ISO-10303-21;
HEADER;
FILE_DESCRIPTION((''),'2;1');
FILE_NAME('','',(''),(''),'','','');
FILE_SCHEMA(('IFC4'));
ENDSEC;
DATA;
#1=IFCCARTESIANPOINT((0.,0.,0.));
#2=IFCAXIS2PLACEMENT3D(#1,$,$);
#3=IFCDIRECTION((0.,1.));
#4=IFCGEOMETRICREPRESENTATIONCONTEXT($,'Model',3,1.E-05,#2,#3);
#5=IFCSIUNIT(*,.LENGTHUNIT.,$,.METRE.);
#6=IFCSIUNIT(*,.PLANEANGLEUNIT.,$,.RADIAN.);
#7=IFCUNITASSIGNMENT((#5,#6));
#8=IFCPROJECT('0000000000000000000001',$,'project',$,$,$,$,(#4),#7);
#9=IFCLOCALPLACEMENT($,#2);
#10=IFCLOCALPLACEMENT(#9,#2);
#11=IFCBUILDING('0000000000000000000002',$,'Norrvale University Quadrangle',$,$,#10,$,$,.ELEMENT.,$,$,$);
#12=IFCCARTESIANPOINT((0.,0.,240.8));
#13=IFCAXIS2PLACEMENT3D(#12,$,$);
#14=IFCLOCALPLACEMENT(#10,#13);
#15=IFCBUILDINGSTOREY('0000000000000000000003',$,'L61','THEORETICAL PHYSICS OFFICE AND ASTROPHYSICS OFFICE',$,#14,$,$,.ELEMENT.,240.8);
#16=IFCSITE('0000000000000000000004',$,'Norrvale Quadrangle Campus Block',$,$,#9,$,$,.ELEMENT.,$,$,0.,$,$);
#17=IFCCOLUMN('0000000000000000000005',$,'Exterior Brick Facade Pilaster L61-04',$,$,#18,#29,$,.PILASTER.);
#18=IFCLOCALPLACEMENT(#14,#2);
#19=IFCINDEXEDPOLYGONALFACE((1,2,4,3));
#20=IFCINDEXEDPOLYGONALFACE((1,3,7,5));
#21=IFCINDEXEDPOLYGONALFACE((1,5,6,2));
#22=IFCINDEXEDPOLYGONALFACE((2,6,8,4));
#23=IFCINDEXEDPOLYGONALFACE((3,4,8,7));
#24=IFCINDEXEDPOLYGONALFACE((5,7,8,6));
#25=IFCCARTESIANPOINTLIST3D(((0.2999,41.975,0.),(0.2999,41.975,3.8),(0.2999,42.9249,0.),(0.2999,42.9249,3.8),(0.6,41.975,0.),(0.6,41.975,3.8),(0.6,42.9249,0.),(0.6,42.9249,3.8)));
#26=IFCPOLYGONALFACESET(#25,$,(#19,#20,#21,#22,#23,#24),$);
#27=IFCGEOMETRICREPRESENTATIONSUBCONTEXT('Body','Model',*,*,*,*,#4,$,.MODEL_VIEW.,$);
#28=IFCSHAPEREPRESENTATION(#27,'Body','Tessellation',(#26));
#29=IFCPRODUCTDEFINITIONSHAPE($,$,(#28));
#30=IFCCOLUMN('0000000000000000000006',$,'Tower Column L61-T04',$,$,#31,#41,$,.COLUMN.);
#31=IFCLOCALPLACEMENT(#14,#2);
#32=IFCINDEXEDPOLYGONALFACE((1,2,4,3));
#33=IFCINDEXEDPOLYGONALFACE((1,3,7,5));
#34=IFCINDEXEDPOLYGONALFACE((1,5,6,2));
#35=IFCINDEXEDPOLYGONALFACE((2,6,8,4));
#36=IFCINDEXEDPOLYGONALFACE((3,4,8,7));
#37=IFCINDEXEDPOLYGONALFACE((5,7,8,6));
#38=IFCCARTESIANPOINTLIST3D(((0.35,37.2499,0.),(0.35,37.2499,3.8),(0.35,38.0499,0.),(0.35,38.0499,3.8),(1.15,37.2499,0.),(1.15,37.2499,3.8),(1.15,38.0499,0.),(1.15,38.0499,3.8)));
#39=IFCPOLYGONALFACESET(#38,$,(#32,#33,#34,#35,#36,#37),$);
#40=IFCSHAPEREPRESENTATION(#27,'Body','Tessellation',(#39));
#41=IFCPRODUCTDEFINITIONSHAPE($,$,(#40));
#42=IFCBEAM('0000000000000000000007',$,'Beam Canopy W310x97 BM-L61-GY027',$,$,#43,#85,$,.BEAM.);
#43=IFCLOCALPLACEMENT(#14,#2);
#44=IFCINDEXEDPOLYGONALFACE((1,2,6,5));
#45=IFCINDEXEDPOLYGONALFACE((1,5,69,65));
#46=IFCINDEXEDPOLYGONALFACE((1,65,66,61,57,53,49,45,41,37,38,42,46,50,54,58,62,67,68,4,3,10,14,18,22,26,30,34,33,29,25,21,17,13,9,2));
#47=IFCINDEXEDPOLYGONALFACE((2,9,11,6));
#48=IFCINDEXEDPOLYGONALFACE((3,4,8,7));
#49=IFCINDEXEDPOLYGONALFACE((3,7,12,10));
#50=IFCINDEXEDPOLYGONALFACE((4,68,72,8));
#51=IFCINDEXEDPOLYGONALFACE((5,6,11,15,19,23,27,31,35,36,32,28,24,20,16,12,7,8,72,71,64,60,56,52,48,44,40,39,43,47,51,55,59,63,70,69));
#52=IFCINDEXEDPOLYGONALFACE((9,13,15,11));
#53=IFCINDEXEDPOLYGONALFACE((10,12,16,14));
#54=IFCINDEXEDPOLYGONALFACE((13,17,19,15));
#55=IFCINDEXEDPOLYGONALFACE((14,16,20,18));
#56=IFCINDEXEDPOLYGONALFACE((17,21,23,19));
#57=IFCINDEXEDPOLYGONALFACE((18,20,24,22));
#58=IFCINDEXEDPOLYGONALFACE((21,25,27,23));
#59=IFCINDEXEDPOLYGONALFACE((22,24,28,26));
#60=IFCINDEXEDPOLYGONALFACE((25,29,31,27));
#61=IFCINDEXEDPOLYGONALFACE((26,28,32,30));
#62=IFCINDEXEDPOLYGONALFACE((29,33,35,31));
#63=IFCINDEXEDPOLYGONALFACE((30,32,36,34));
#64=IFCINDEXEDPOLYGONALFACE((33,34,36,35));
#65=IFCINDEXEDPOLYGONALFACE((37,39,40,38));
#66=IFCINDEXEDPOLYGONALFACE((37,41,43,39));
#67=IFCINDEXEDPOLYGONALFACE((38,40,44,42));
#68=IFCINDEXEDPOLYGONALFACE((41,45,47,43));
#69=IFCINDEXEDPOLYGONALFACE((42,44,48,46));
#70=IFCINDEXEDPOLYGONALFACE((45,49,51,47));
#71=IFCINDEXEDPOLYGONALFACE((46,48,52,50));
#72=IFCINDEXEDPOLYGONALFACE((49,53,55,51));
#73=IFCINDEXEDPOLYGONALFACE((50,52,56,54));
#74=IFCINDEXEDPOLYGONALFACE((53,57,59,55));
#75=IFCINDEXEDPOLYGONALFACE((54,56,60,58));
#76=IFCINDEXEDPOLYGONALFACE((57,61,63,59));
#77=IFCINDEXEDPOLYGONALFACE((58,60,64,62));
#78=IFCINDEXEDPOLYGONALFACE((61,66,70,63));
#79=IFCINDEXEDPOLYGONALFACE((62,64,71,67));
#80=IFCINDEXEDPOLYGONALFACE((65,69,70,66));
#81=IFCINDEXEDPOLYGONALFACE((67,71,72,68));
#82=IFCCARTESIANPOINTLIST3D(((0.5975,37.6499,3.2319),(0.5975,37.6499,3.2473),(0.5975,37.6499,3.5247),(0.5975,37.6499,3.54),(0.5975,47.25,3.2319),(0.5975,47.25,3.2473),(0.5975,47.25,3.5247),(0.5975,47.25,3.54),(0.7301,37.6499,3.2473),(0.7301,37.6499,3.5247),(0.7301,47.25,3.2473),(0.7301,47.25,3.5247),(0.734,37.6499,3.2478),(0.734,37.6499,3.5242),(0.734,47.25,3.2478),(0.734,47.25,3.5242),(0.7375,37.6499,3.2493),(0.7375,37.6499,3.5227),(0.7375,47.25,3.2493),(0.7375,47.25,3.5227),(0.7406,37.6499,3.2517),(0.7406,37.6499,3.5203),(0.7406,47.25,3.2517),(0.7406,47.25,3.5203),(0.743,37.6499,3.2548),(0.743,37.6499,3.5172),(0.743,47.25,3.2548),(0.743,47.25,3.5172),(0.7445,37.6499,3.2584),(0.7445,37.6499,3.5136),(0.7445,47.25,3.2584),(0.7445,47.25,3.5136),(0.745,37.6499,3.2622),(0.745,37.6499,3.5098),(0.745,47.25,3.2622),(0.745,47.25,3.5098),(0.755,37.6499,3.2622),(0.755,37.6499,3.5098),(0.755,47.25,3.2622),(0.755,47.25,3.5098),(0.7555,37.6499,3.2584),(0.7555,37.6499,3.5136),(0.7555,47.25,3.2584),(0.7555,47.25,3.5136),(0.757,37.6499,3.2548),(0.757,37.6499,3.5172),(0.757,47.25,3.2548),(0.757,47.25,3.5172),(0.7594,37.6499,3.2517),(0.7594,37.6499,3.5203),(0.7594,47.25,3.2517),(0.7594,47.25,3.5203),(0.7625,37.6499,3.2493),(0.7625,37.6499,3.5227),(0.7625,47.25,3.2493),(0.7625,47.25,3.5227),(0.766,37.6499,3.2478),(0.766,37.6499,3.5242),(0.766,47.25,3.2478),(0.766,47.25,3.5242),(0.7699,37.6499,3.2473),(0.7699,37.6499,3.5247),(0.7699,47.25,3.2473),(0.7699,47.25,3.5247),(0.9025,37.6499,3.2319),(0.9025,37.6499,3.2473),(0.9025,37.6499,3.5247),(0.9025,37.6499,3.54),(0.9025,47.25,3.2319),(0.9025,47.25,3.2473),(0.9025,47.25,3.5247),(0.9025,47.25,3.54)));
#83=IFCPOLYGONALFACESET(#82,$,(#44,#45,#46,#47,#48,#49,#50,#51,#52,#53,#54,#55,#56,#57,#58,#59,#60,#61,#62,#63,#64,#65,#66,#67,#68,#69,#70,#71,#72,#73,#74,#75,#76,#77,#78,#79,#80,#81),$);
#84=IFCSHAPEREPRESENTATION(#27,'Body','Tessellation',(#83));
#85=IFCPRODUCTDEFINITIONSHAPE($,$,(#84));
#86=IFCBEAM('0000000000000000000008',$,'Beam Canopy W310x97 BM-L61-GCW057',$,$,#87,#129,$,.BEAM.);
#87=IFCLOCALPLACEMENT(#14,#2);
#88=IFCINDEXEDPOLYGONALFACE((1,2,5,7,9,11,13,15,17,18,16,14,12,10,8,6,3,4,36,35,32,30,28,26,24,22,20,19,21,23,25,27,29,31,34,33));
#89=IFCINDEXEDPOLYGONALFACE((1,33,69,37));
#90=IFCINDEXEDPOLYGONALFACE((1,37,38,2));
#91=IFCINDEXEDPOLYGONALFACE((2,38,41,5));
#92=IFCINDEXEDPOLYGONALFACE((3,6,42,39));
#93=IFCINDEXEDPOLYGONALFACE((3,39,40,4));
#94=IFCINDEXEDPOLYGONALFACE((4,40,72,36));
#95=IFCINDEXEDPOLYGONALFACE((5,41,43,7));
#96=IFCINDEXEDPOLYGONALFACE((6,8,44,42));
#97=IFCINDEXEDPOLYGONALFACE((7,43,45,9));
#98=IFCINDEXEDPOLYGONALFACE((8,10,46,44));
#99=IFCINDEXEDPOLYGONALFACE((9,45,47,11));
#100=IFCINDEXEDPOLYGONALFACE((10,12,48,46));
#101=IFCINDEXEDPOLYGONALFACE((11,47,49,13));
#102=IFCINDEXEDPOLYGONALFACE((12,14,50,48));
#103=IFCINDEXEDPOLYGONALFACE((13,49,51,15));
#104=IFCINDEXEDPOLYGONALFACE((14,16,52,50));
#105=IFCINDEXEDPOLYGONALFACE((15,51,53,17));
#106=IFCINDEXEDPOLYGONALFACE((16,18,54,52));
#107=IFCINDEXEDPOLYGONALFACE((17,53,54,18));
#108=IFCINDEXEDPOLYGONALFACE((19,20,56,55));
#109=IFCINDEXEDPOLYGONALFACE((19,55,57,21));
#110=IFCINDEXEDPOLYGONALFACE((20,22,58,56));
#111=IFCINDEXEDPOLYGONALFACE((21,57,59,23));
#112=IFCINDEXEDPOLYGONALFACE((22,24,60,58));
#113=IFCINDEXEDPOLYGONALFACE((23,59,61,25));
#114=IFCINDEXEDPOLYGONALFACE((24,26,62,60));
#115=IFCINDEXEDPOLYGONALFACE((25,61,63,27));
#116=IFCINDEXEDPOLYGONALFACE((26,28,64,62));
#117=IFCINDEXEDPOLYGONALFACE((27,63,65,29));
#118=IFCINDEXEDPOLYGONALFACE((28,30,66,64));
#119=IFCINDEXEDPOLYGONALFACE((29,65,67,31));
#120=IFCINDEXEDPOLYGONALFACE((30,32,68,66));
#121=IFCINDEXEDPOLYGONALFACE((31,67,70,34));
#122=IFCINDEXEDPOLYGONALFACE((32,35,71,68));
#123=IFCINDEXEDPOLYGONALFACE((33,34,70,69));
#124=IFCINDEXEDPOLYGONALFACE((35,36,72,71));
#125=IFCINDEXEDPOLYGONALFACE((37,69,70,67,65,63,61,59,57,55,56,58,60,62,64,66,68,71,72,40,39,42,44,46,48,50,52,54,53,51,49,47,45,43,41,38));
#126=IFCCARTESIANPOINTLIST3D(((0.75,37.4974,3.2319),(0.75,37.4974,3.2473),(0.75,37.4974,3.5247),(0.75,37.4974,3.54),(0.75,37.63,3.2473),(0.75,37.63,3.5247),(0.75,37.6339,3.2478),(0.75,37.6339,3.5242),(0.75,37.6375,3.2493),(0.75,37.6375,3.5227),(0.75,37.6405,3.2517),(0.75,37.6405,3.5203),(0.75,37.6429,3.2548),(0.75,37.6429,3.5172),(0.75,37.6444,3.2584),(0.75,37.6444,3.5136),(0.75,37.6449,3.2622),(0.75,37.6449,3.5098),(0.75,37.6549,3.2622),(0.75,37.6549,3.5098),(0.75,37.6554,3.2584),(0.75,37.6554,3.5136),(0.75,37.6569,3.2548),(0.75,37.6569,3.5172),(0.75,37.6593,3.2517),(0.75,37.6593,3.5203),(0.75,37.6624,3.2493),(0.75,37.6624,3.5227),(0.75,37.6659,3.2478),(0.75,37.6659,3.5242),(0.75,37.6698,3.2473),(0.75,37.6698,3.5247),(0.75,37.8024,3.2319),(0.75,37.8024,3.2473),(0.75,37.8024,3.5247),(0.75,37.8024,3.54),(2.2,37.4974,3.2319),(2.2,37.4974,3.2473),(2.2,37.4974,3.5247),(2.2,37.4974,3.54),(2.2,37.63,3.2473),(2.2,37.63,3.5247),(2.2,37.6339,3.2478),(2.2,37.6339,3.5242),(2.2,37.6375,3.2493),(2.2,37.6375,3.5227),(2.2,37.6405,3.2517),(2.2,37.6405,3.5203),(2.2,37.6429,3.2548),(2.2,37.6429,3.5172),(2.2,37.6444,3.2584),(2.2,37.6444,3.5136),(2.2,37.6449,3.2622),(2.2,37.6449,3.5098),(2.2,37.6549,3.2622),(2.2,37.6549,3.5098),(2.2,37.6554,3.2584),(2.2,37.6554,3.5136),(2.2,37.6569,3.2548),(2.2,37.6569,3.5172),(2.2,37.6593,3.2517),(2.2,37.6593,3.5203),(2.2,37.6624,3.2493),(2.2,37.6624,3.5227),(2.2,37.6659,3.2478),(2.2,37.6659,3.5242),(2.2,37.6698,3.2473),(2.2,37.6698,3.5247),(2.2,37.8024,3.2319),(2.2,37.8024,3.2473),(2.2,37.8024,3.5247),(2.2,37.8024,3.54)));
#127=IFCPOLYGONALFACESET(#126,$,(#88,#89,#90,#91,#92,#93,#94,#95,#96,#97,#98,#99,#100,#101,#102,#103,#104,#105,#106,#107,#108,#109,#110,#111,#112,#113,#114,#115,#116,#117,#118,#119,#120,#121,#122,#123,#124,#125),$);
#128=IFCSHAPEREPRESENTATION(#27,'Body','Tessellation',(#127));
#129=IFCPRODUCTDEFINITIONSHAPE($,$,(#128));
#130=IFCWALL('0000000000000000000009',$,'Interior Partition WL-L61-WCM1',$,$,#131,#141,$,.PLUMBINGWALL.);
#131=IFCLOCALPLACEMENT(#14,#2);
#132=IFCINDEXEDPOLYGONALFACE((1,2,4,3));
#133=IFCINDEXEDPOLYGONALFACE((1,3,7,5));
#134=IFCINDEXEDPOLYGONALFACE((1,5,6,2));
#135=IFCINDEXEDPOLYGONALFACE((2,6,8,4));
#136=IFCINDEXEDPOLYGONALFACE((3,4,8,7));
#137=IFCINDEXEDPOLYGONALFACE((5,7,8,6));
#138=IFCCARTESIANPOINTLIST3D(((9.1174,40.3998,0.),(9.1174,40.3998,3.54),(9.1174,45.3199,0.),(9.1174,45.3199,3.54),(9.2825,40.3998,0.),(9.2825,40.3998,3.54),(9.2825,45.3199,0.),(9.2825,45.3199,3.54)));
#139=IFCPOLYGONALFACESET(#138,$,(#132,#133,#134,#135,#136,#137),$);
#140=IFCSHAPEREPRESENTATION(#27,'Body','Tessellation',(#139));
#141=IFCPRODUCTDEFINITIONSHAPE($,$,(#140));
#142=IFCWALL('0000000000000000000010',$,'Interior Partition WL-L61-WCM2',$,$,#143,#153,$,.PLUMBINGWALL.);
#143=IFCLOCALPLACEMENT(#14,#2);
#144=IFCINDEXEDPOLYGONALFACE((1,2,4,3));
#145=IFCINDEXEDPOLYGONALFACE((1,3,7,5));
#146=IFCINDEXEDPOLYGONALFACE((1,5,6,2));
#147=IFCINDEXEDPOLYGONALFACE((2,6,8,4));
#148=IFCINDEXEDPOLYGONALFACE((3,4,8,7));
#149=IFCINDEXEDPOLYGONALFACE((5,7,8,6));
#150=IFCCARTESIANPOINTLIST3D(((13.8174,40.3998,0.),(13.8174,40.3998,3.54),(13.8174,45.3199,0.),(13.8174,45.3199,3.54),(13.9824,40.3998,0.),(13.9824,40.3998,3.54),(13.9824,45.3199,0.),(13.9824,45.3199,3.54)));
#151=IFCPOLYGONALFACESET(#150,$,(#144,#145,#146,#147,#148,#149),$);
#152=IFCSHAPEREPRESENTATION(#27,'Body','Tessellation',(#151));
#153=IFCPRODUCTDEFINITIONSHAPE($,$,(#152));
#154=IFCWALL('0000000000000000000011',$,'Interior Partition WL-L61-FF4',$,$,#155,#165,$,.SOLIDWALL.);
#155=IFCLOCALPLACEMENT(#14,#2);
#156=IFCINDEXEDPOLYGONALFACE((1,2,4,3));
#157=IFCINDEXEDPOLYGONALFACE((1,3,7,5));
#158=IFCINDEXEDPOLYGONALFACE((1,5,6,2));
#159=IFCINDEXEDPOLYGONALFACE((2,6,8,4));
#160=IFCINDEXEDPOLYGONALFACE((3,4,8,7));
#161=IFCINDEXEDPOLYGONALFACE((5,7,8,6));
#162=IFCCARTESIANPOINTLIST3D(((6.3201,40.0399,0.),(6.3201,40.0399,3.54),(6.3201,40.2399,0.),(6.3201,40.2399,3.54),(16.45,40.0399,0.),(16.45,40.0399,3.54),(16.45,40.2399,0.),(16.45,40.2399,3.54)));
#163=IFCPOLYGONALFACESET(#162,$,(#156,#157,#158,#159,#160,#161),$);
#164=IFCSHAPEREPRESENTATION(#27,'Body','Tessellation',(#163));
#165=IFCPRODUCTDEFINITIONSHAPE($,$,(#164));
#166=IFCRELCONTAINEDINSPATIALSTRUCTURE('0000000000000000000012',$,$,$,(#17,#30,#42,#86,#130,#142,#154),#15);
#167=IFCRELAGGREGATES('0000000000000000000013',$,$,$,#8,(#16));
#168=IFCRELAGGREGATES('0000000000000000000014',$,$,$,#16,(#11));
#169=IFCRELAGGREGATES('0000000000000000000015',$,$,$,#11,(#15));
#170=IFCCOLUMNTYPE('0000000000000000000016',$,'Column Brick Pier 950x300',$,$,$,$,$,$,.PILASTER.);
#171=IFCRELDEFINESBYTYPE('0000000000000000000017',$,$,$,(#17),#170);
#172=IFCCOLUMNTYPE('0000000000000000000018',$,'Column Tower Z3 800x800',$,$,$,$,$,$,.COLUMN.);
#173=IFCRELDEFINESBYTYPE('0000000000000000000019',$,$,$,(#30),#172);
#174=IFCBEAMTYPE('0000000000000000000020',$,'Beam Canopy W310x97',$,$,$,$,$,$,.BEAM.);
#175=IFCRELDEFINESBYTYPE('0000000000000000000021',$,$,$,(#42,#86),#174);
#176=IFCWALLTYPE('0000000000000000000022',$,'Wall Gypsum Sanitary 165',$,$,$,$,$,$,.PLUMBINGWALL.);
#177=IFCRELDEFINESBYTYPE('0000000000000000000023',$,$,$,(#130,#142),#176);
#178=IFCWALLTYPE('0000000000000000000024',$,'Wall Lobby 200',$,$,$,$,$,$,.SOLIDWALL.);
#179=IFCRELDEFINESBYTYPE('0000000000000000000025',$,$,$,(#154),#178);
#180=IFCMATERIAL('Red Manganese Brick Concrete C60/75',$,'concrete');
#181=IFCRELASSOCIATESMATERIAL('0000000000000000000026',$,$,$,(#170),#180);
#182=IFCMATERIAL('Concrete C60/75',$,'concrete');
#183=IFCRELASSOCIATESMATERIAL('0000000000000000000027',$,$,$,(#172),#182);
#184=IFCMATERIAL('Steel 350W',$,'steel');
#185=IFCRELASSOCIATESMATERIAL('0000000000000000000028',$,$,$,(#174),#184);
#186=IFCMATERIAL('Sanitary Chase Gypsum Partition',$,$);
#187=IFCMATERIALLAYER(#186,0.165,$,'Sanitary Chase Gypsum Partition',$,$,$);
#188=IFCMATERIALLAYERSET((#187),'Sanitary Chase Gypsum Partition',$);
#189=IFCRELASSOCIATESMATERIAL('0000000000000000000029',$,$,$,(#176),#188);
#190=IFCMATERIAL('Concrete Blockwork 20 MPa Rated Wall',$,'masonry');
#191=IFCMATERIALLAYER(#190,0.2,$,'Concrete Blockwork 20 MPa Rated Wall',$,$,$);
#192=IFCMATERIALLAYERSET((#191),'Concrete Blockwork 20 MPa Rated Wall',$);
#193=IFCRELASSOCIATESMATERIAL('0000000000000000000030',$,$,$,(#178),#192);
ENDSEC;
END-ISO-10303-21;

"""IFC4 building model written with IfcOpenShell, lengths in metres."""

from ifc_helpers import new_model, si_unit, direction, frame, frame_2d, origin, origin_2d, place, context, subcontext, project, spatial, rectangle, i_section, extrude, material, layer, layer_set, material_profile, profile_set, type_object, element, save


model = new_model("IFC4")

# Units and contexts
model_context = context("Model", 3, precision=1e-05, world=origin(), true_north=direction((0.0, 1.0)))
body_context = subcontext(model_context, "Body", "Model", "MODEL_VIEW")
ifc_project = project(units=[si_unit("LENGTHUNIT", "METRE"), si_unit("PLANEANGLEUNIT", "RADIAN")], contexts=[model_context])

# Site, building, storey
site_placement = place(None, origin())
site = spatial("IfcSite", under=ifc_project, at=site_placement, Name="Norrvale Quadrangle Campus Block", CompositionType="ELEMENT", RefElevation=0.0)
building_placement = place(site_placement, origin())
building = spatial("IfcBuilding", under=site, at=building_placement, Name="Norrvale University Quadrangle", CompositionType="ELEMENT")
storey_placement = place(building_placement, frame((0.0, 0.0, 240.8)))
storey = spatial("IfcBuildingStorey", under=building, at=storey_placement, Name="L61", Description="THEORETICAL PHYSICS OFFICE AND ASTROPHYSICS OFFICE", CompositionType="ELEMENT", Elevation=240.8)

# Columns
ifc_material_1 = material(Name="Red Manganese Brick Concrete C60/75", Category="concrete")
ifc_material_profile_1 = material_profile(ifc_material_1, rectangle(XDim=0.95, YDim=0.3, at=origin_2d()), Name="Red Manganese Brick Concrete C60/75")
ifc_profile_set_1 = profile_set([ifc_material_profile_1], Name="Red Manganese Brick Concrete C60/75")
column_type_1 = type_object("IfcColumnType", Name="Column Brick Pier 950x300", PredefinedType="PILASTER", material=ifc_profile_set_1)
column_1_placement = place(storey_placement, frame((0.45, 42.45, 0.0), z_axis=(0.0, 0.0, 1.0), x_axis=(0.0, 1.0, 0.0)))
element("IfcColumn", 1, at=column_1_placement, inside=storey, type_object=column_type_1, Name="Exterior Brick Facade Pilaster L61-04", PredefinedType="PILASTER", context=body_context, shape_type="SweptSolid", body=[
    extrude(rectangle(XDim=0.95, YDim=0.3, at=origin_2d()), origin(), (0.0, 0.0, 1.0), 3.8),
])
ifc_material_2 = material(Name="Concrete C60/75", Category="concrete")
ifc_material_profile_2 = material_profile(ifc_material_2, rectangle(XDim=0.8, YDim=0.8, at=origin_2d()), Name="Concrete C60/75")
ifc_profile_set_2 = profile_set([ifc_material_profile_2], Name="Concrete C60/75")
column_type_2 = type_object("IfcColumnType", Name="Column Tower Z3 800x800", PredefinedType="COLUMN", material=ifc_profile_set_2)
column_2_placement = place(storey_placement, frame((0.75, 37.6499, 0.0), z_axis=(0.0, 0.0, 1.0), x_axis=(1.0, 0.0, 0.0)))
element("IfcColumn", 2, at=column_2_placement, inside=storey, type_object=column_type_2, Name="Tower Column L61-T04", PredefinedType="COLUMN", context=body_context, shape_type="SweptSolid", body=[
    extrude(rectangle(XDim=0.8, YDim=0.8, at=origin_2d()), origin(), (0.0, 0.0, 1.0), 3.8),
])

# Beams
ifc_material_3 = material(Name="Steel 350W", Category="steel")
ifc_material_profile_3 = material_profile(ifc_material_3, i_section(OverallWidth=0.3049, OverallDepth=0.3081, WebThickness=0.01, FlangeThickness=0.0154, FilletRadius=0.0149, at=origin_2d()), Name="Steel 350W")
ifc_profile_set_3 = profile_set([ifc_material_profile_3], Name="Steel 350W")
beam_type = type_object("IfcBeamType", Name="Beam Canopy W310x97", PredefinedType="BEAM", material=ifc_profile_set_3)
beam_1_placement = place(storey_placement, frame((0.75, 37.6499, 3.386), z_axis=(0.0, 1.0, 0.0), x_axis=(-1.0, 0.0, 0.0)))
element("IfcBeam", 3, at=beam_1_placement, inside=storey, type_object=beam_type, Name="Beam Canopy W310x97 BM-L61-GY027", PredefinedType="BEAM", context=body_context, shape_type="SweptSolid", body=[
    extrude(i_section(OverallWidth=0.3049, OverallDepth=0.3081, WebThickness=0.01, FlangeThickness=0.0154, FilletRadius=0.0149, at=origin_2d()), origin(), (0.0, 0.0, 1.0), 9.6001),
])
beam_2_placement = place(storey_placement, frame((0.75, 37.6499, 3.386), z_axis=(1.0, 0.0, 0.0), x_axis=(0.0, 1.0, 0.0)))
element("IfcBeam", 4, at=beam_2_placement, inside=storey, type_object=beam_type, Name="Beam Canopy W310x97 BM-L61-GCW057", PredefinedType="BEAM", context=body_context, shape_type="SweptSolid", body=[
    extrude(i_section(OverallWidth=0.3049, OverallDepth=0.3081, WebThickness=0.01, FlangeThickness=0.0154, FilletRadius=0.0149, at=origin_2d()), origin(), (0.0, 0.0, 1.0), 1.45),
])

# Walls
ifc_material_4 = material(Name="Sanitary Chase Gypsum Partition")
ifc_layer_1 = layer(ifc_material_4, 0.165, Name="Sanitary Chase Gypsum Partition")
ifc_layer_set_1 = layer_set([ifc_layer_1], Name="Sanitary Chase Gypsum Partition")
wall_type_1 = type_object("IfcWallType", Name="Wall Gypsum Sanitary 165", PredefinedType="PLUMBINGWALL", material=ifc_layer_set_1)
for number, where, z_axis, x_axis, name in (
    (5, (9.2, 40.3999, 0.0), (0.0, 0.0, 1.0), (0.0, 1.0, 0.0), "Interior Partition WL-L61-WCM1"),
    (6, (13.8999, 40.3999, 0.0), (0.0, 0.0, 1.0), (0.0, 1.0, 0.0), "Interior Partition WL-L61-WCM2"),
):
    element("IfcWall", number, at=place(storey_placement, frame(where, z_axis=z_axis, x_axis=x_axis)), inside=storey, type_object=wall_type_1, Name=name, PredefinedType="PLUMBINGWALL", context=body_context, shape_type="SweptSolid", body=[
        extrude(rectangle(XDim=4.9202, YDim=0.165, at=frame_2d((2.46, 0.0))), origin(), (0.0, 0.0, 1.0), 3.54),
    ])
ifc_material_5 = material(Name="Concrete Blockwork 20 MPa Rated Wall", Category="masonry")
ifc_layer_2 = layer(ifc_material_5, 0.2, Name="Concrete Blockwork 20 MPa Rated Wall")
ifc_layer_set_2 = layer_set([ifc_layer_2], Name="Concrete Blockwork 20 MPa Rated Wall")
wall_type_2 = type_object("IfcWallType", Name="Wall Lobby 200", PredefinedType="SOLIDWALL", material=ifc_layer_set_2)
wall_1_placement = place(storey_placement, frame((6.3201, 40.1399, 0.0), z_axis=(0.0, 0.0, 1.0), x_axis=(1.0, 0.0, 0.0)))
element("IfcWall", 7, at=wall_1_placement, inside=storey, type_object=wall_type_2, Name="Interior Partition WL-L61-FF4", PredefinedType="SOLIDWALL", context=body_context, shape_type="SweptSolid", body=[
    extrude(rectangle(XDim=10.1299, YDim=0.2, at=frame_2d((5.0649, 0.0))), origin(), (0.0, 0.0, 1.0), 3.54),
])

save(model, "model.ifc")
